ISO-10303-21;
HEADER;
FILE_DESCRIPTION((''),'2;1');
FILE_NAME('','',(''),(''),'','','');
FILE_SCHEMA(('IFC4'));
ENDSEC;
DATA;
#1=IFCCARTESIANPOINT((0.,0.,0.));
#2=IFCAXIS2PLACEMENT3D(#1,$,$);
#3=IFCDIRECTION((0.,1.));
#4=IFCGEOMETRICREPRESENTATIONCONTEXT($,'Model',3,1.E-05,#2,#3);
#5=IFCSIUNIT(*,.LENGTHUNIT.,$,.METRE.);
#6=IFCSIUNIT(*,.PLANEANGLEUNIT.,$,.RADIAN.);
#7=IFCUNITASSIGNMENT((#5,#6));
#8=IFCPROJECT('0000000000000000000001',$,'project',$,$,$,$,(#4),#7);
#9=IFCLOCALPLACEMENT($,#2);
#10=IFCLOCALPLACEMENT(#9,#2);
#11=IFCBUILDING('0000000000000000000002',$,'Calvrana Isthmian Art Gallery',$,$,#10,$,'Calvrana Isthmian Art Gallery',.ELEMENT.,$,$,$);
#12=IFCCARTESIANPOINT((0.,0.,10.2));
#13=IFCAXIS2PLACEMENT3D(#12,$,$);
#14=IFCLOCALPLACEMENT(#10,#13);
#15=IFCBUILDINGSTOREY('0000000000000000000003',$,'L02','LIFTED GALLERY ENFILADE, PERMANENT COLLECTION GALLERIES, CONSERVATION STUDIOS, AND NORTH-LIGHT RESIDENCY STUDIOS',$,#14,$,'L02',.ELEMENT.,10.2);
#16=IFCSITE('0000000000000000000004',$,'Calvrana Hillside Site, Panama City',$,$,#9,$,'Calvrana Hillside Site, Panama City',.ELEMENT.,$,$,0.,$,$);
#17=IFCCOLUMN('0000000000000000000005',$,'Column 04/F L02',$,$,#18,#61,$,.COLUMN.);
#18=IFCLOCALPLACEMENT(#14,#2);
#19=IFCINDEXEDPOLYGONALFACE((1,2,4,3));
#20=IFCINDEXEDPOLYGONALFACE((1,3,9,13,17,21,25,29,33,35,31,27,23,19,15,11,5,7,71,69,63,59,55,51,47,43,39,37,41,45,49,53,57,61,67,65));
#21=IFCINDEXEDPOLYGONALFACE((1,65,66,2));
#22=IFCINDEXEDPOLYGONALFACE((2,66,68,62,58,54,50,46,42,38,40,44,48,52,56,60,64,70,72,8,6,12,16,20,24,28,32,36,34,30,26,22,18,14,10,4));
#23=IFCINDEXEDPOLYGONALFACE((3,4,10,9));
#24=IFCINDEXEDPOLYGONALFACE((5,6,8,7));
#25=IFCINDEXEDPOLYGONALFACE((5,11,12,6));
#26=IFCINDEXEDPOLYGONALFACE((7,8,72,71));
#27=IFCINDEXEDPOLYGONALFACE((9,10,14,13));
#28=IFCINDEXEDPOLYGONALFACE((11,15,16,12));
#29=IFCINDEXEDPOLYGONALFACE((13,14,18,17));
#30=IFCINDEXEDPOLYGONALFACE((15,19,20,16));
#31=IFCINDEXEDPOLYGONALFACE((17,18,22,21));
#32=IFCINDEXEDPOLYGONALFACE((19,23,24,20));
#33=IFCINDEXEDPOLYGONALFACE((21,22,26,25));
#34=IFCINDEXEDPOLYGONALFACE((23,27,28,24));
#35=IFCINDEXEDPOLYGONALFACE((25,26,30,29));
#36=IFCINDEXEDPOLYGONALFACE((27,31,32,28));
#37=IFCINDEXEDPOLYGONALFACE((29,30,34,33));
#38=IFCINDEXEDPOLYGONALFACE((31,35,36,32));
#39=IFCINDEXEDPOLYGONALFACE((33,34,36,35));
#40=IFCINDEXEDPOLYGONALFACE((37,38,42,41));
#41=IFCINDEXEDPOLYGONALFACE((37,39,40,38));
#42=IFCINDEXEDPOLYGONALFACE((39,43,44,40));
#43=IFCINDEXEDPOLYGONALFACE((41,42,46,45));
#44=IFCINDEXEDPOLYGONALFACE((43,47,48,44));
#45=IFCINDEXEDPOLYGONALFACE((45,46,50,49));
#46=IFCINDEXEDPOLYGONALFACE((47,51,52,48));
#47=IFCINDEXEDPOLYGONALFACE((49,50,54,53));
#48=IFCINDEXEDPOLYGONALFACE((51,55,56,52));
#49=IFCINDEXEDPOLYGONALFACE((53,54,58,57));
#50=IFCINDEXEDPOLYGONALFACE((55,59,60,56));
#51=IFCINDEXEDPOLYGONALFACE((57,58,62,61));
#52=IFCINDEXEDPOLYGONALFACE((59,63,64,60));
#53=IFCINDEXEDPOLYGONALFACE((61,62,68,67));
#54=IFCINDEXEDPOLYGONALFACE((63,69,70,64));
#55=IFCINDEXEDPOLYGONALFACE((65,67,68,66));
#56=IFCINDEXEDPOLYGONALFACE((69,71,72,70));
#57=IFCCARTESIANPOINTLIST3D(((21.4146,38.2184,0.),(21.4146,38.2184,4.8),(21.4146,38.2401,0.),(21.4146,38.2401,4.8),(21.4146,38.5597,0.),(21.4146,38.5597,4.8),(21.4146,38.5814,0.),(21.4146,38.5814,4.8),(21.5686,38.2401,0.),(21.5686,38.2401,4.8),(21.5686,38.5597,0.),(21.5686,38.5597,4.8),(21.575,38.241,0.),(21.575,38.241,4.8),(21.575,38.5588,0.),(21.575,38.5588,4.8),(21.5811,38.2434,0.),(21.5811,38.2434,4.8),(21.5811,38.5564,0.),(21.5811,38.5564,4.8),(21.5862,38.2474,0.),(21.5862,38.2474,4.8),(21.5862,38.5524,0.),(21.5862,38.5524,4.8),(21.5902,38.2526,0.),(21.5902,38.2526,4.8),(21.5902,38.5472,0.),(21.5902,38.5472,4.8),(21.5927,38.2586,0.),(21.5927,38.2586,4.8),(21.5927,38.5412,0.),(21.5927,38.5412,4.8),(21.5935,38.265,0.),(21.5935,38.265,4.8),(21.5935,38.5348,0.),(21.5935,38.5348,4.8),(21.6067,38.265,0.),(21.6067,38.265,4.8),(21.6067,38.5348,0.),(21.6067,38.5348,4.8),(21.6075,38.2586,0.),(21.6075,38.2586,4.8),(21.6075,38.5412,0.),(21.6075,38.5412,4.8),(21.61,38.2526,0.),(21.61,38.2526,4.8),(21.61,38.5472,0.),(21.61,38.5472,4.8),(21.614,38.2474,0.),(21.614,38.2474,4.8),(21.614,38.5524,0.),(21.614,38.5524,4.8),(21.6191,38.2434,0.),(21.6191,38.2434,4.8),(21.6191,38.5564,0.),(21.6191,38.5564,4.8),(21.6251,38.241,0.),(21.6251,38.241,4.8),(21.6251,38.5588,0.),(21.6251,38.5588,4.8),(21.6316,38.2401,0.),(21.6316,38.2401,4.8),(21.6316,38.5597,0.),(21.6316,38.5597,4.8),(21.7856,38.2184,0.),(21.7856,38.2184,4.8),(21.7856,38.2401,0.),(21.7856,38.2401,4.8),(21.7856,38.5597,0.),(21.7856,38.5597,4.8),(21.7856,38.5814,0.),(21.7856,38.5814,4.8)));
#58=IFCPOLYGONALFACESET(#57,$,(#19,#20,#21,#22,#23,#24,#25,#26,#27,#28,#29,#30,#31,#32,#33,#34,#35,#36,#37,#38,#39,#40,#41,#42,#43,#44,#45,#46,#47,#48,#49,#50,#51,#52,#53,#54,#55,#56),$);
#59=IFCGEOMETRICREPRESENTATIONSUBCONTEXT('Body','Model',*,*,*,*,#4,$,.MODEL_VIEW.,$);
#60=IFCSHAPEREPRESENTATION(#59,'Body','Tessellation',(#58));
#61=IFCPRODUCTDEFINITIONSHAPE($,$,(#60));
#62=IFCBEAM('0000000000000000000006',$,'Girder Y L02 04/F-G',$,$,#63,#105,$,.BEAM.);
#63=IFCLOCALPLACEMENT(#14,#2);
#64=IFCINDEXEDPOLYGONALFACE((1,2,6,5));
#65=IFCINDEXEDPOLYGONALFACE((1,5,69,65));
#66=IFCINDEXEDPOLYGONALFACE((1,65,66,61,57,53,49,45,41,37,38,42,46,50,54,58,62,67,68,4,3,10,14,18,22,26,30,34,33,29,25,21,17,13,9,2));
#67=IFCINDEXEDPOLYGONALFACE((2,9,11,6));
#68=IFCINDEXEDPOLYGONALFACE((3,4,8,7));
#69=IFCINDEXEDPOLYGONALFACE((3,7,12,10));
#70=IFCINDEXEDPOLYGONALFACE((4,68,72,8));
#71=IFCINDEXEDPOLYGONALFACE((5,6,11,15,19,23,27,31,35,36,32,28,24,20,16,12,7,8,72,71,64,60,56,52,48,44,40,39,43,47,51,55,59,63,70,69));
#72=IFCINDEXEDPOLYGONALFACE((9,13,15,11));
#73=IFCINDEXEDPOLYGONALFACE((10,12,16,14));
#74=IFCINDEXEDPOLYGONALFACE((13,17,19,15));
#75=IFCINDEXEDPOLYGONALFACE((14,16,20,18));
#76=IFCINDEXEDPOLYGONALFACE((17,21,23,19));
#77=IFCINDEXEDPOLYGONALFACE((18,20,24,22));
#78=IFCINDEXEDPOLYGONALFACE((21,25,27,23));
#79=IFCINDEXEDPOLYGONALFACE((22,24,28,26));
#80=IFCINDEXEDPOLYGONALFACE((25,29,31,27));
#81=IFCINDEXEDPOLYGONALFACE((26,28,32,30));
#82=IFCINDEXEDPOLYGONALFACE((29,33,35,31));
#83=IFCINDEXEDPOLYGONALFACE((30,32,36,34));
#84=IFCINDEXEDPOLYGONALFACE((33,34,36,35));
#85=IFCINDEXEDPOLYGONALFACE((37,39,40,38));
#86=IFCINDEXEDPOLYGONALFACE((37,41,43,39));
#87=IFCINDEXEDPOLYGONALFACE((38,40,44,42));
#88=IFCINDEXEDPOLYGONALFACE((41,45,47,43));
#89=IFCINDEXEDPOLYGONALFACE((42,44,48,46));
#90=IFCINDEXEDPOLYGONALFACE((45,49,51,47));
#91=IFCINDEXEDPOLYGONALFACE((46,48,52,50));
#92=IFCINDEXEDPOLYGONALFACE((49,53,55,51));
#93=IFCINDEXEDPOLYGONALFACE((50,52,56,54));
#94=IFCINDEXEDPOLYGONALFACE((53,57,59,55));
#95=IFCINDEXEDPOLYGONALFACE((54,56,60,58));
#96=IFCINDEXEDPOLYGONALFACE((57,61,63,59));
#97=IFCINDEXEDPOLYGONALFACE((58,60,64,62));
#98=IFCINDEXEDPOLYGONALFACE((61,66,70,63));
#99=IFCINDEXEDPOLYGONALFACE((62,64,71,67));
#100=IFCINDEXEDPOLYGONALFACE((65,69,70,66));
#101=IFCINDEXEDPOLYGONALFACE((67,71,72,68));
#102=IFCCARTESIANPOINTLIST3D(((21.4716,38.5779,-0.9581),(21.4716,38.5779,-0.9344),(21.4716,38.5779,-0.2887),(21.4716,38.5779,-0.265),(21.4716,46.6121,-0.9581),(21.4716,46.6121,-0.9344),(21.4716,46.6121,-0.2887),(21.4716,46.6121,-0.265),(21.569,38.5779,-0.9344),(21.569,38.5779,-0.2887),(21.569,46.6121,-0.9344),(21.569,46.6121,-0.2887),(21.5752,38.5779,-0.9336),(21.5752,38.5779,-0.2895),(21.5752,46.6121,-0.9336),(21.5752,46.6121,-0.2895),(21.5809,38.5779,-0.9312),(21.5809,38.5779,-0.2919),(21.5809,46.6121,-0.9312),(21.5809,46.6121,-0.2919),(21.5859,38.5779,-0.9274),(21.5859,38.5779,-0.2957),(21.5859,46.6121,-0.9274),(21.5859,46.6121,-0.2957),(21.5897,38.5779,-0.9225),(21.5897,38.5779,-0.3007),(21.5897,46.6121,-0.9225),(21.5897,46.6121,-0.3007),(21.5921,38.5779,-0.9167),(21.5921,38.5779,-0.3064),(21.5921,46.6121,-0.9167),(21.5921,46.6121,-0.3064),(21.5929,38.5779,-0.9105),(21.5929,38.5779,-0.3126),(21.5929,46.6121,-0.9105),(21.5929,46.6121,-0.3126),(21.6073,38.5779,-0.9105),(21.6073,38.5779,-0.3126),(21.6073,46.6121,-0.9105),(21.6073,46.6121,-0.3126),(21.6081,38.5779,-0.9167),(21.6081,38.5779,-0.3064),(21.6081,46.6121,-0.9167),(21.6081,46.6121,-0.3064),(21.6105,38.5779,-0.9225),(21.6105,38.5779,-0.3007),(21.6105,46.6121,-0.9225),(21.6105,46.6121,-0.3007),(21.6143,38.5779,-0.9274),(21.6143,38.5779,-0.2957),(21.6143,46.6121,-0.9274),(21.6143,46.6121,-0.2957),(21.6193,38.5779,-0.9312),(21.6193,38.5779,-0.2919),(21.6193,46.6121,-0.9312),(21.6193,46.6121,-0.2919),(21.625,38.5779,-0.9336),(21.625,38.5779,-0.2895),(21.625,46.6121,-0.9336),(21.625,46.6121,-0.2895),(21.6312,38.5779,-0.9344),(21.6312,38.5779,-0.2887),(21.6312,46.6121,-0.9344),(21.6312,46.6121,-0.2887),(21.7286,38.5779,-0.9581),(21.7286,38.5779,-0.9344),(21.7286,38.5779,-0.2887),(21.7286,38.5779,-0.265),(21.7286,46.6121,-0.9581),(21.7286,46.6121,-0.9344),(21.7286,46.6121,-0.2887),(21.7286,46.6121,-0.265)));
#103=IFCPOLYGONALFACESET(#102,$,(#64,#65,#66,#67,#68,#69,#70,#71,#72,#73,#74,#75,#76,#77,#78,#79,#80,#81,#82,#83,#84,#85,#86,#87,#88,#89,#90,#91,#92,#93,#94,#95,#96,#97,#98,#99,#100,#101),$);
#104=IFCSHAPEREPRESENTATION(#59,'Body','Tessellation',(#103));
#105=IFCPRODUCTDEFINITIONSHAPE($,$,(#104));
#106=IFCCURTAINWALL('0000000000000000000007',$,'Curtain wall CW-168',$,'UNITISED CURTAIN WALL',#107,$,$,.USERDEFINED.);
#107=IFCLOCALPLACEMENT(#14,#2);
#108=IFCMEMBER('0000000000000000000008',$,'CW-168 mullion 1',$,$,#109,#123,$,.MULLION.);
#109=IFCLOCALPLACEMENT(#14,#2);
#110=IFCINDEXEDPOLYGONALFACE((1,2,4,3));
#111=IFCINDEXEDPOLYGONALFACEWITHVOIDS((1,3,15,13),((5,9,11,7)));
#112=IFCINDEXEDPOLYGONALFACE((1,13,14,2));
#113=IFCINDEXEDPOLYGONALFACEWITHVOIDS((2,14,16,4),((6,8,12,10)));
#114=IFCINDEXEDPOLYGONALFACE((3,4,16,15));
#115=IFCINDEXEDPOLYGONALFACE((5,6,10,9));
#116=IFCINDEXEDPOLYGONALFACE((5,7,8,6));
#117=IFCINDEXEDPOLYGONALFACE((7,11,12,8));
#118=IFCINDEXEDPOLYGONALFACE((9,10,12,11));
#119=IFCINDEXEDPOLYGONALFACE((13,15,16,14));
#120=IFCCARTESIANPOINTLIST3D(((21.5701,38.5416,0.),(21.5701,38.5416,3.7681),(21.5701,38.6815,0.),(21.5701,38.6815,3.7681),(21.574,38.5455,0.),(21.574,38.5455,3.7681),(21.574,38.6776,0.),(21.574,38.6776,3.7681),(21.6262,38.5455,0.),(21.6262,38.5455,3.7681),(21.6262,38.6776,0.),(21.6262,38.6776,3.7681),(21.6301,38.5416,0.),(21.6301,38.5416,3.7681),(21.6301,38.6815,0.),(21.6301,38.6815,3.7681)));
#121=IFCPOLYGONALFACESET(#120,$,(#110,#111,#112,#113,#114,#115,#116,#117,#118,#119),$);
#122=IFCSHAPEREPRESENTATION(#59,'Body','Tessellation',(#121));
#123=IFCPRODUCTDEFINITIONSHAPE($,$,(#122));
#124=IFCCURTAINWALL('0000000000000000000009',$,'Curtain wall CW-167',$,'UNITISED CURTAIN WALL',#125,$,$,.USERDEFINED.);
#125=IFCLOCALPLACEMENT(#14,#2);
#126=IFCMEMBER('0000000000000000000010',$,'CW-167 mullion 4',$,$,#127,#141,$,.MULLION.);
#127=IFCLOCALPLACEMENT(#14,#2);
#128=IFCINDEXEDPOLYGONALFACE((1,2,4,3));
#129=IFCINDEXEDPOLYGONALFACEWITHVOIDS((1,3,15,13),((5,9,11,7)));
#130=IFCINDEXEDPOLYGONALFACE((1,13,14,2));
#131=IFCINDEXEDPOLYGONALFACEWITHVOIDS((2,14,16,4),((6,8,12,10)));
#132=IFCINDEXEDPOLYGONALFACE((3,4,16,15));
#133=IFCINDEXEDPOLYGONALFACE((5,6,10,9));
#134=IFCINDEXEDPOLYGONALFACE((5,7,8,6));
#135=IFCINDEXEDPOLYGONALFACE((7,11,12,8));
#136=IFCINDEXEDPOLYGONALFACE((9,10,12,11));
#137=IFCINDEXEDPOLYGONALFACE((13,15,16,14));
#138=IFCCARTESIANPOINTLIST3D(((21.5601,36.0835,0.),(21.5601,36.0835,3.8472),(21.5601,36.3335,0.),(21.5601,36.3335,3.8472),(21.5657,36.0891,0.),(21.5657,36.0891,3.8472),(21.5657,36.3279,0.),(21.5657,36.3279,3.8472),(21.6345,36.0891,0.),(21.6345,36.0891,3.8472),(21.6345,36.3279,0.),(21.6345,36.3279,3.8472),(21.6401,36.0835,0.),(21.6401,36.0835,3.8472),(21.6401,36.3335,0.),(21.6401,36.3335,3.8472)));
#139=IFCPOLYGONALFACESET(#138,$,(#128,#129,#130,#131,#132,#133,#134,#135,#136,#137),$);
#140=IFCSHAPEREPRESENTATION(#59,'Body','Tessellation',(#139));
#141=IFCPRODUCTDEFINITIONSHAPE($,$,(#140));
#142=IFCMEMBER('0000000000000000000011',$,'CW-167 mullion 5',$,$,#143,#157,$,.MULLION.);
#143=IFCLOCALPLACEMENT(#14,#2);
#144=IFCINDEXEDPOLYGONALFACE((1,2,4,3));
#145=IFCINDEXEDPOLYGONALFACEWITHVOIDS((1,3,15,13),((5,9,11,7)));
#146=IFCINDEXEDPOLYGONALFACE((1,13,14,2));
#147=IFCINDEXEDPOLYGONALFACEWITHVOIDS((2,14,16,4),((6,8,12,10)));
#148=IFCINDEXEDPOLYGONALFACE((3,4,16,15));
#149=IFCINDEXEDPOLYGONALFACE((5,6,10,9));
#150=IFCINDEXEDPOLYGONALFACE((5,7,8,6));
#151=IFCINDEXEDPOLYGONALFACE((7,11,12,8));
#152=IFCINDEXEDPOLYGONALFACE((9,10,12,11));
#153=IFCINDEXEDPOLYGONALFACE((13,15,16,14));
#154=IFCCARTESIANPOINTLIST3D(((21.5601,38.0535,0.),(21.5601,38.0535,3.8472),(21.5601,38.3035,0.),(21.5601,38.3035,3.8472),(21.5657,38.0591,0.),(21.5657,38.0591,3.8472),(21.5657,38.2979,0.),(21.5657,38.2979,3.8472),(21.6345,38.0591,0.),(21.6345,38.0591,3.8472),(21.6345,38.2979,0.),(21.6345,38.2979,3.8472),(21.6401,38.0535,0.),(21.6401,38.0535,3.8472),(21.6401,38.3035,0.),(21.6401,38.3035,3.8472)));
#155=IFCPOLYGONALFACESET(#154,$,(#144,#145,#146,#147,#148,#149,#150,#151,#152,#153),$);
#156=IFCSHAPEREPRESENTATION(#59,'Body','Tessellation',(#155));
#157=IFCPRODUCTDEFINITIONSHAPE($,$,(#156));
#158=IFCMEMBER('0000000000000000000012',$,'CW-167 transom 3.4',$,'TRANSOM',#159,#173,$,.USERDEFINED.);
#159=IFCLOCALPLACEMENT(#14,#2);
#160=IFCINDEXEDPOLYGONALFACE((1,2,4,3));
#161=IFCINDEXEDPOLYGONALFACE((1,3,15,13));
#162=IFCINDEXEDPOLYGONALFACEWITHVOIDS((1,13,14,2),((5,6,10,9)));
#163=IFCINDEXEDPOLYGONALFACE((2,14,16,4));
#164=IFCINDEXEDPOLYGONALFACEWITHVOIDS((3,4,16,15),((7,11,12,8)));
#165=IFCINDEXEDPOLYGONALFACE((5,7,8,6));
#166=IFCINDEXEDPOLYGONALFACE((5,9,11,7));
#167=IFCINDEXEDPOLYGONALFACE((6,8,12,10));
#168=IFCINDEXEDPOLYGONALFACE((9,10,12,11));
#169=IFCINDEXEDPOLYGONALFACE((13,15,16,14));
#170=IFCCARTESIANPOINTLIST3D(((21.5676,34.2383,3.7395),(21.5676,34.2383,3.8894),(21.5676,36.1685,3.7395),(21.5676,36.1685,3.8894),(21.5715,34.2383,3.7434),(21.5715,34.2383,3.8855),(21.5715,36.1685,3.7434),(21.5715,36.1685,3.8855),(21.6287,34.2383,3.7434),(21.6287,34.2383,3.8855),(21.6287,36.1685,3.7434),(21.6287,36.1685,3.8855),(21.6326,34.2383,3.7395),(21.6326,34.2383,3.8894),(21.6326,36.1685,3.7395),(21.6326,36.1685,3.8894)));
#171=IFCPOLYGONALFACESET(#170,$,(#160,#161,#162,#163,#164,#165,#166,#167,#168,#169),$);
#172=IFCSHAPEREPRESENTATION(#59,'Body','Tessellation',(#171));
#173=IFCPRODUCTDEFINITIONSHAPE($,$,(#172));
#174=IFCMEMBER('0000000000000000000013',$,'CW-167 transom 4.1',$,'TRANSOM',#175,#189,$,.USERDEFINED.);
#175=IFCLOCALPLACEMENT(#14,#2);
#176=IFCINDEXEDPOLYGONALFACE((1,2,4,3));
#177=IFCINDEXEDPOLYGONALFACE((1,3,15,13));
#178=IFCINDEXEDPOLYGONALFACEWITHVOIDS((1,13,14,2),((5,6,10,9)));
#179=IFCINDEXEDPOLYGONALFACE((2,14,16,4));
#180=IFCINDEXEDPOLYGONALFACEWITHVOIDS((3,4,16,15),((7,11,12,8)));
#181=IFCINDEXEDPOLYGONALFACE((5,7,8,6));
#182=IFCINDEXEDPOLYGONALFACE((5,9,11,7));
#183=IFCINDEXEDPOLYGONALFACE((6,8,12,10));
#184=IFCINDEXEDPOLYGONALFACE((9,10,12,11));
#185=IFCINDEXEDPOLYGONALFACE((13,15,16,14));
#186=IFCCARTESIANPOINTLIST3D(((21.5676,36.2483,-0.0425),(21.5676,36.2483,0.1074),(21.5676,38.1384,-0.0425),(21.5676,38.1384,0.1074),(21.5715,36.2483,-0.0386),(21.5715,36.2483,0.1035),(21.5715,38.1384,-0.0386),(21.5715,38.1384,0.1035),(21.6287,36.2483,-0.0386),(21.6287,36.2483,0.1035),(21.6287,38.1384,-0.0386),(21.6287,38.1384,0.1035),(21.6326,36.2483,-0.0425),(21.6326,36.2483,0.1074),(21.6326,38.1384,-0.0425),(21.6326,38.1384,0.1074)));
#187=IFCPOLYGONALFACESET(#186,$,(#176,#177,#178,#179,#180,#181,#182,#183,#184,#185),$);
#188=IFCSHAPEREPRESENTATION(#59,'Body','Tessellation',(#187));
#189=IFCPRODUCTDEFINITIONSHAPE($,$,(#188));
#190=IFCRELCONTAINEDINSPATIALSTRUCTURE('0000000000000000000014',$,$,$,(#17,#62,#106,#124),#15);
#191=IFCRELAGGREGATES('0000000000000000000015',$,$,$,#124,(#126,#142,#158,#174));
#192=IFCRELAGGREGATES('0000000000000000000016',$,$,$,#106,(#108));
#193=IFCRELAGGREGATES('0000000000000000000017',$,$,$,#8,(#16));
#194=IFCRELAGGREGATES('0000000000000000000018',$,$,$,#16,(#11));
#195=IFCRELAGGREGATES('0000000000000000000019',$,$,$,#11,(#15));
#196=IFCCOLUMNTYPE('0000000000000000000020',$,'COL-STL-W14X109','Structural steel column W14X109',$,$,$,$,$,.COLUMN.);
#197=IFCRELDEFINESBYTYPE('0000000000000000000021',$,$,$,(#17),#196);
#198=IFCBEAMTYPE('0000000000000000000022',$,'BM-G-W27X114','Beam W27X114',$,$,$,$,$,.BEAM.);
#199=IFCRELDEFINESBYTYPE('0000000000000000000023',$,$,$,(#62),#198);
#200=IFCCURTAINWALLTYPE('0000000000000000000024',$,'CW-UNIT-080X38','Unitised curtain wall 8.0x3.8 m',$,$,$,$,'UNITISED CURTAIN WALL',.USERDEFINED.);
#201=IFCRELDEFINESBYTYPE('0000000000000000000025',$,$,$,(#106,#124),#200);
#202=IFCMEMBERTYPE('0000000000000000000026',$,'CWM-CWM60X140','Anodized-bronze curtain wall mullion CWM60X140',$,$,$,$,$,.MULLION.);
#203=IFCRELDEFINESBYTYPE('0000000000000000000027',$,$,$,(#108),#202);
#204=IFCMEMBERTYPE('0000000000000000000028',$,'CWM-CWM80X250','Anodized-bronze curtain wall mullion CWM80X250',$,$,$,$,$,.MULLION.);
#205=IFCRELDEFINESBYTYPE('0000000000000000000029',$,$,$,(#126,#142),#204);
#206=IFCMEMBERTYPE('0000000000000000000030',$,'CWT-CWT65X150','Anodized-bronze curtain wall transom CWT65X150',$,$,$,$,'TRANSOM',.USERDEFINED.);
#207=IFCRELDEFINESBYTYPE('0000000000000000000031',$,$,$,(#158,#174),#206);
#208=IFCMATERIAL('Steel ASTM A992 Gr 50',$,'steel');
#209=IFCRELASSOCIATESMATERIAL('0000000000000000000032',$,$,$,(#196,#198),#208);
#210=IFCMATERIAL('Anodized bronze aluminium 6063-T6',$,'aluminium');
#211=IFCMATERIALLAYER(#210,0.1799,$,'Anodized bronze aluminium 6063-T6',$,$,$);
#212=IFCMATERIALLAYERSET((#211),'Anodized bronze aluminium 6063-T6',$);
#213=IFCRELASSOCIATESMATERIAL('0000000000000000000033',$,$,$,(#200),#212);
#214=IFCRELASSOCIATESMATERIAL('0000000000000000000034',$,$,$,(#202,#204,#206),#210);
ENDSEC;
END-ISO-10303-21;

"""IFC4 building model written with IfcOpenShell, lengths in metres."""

from ifc_helpers import new_model, si_unit, direction, frame, origin, origin_2d, place, context, subcontext, project, spatial, hollow_rectangle, i_section, extrude, material, layer, layer_set, material_profile, profile_set, type_object, element, aggregate, save


model = new_model("IFC4")

# Units and contexts
model_context = context("Model", 3, precision=1e-05, world=origin(), true_north=direction((0.0, 1.0)))
body_context = subcontext(model_context, "Body", "Model", "MODEL_VIEW")
ifc_project = project(units=[si_unit("LENGTHUNIT", "METRE"), si_unit("PLANEANGLEUNIT", "RADIAN")], contexts=[model_context])

# Site, building, storey
site_placement = place(None, origin())
site = spatial("IfcSite", under=ifc_project, at=site_placement, Name="Calvrana Hillside Site, Panama City", LongName="Calvrana Hillside Site, Panama City", CompositionType="ELEMENT", RefElevation=0.0)
building_placement = place(site_placement, origin())
building = spatial("IfcBuilding", under=site, at=building_placement, Name="Calvrana Isthmian Art Gallery", LongName="Calvrana Isthmian Art Gallery", CompositionType="ELEMENT")
storey_placement = place(building_placement, frame((0.0, 0.0, 10.2)))
storey = spatial("IfcBuildingStorey", under=building, at=storey_placement, Name="L02", Description="LIFTED GALLERY ENFILADE, PERMANENT COLLECTION GALLERIES, CONSERVATION STUDIOS, AND NORTH-LIGHT RESIDENCY STUDIOS", LongName="L02", CompositionType="ELEMENT", Elevation=10.2)

# Column
ifc_material_1 = material(Name="Steel ASTM A992 Gr 50", Category="steel")
ifc_material_profile_1 = material_profile(ifc_material_1, i_section(OverallWidth=0.3711, OverallDepth=0.363, WebThickness=0.0132, FlangeThickness=0.0217, FilletRadius=0.0249, at=origin_2d()), Name="W14X109")
ifc_profile_set_1 = profile_set([ifc_material_profile_1], Name="Steel ASTM A992 Gr 50")
column_type = type_object("IfcColumnType", Name="COL-STL-W14X109", Description="Structural steel column W14X109", PredefinedType="COLUMN", material=ifc_profile_set_1)
column_placement = place(storey_placement, frame((21.6001, 38.3999, 0.0), z_axis=(0.0, 0.0, 1.0), x_axis=(1.0, 0.0, 0.0)))
element("IfcColumn", 1, at=column_placement, inside=storey, type_object=column_type, Name="Column 04/F L02", PredefinedType="COLUMN", context=body_context, shape_type="SweptSolid", body=[
    extrude(i_section(OverallWidth=0.3711, OverallDepth=0.363, WebThickness=0.0132, FlangeThickness=0.0217, FilletRadius=0.0249, at=origin_2d()), origin(), (0.0, 0.0, 1.0), 4.8),
])

# Beam
ifc_material_profile_2 = material_profile(ifc_material_1, i_section(OverallWidth=0.2571, OverallDepth=0.6931, WebThickness=0.0144, FlangeThickness=0.0237, FilletRadius=0.0239, at=origin_2d()), Name="W27X114")
ifc_profile_set_2 = profile_set([ifc_material_profile_2], Name="Steel ASTM A992 Gr 50")
beam_type = type_object("IfcBeamType", Name="BM-G-W27X114", Description="Beam W27X114", PredefinedType="BEAM", material=ifc_profile_set_2)
beam_placement = place(storey_placement, frame((21.6001, 38.5779, -0.6116), z_axis=(0.0, 1.0, 0.0), x_axis=(-1.0, 0.0, 0.0)))
element("IfcBeam", 2, at=beam_placement, inside=storey, type_object=beam_type, Name="Girder Y L02 04/F-G", PredefinedType="BEAM", context=body_context, shape_type="SweptSolid", body=[
    extrude(i_section(OverallWidth=0.2571, OverallDepth=0.6931, WebThickness=0.0144, FlangeThickness=0.0237, FilletRadius=0.0239, at=origin_2d()), origin(), (0.0, 0.0, 1.0), 8.0342),
])

# Curtain wall, member
ifc_material_2 = material(Name="Anodized bronze aluminium 6063-T6", Category="aluminium")
ifc_layer_1 = layer(ifc_material_2, 0.1799, Name="Anodized bronze aluminium 6063-T6")
ifc_layer_set_1 = layer_set([ifc_layer_1], Name="Anodized bronze aluminium 6063-T6")
curtain_wall_type = type_object("IfcCurtainWallType", Name="CW-UNIT-080X38", Description="Unitised curtain wall 8.0x3.8 m", ElementType="UNITISED CURTAIN WALL", PredefinedType="USERDEFINED", material=ifc_layer_set_1)
curtain_wall_1_placement = place(storey_placement, origin())
curtain_wall_1 = element("IfcCurtainWall", 3, at=curtain_wall_1_placement, inside=storey, type_object=curtain_wall_type, Name="Curtain wall CW-168", ObjectType="UNITISED CURTAIN WALL", PredefinedType="USERDEFINED")
ifc_material_profile_3 = material_profile(ifc_material_2, hollow_rectangle(XDim=0.0601, YDim=0.1399, WallThickness=0.0039, at=origin_2d()), Name="CWM60X140")
ifc_profile_set_3 = profile_set([ifc_material_profile_3], Name="Anodized bronze aluminium 6063-T6")
member_type_1 = type_object("IfcMemberType", Name="CWM-CWM60X140", Description="Anodized-bronze curtain wall mullion CWM60X140", PredefinedType="MULLION", material=ifc_profile_set_3)
member_1_placement = place(storey_placement, frame((21.6001, 38.6116, 0.0), z_axis=(0.0, 0.0, 1.0), x_axis=(-1.0, 0.0, 0.0)))
member_1 = element("IfcMember", 4, at=member_1_placement, type_object=member_type_1, Name="CW-168 mullion 1", PredefinedType="MULLION", context=body_context, shape_type="SweptSolid", body=[
    extrude(hollow_rectangle(XDim=0.0601, YDim=0.1399, WallThickness=0.0039, at=origin_2d()), origin(), (0.0, 0.0, 1.0), 3.7681),
])

# Curtain wall, members
curtain_wall_2_placement = place(storey_placement, origin())
curtain_wall_2 = element("IfcCurtainWall", 5, at=curtain_wall_2_placement, inside=storey, type_object=curtain_wall_type, Name="Curtain wall CW-167", ObjectType="UNITISED CURTAIN WALL", PredefinedType="USERDEFINED")
ifc_material_profile_4 = material_profile(ifc_material_2, hollow_rectangle(XDim=0.0801, YDim=0.25, WallThickness=0.0056, at=origin_2d()), Name="CWM80X250")
ifc_profile_set_4 = profile_set([ifc_material_profile_4], Name="Anodized bronze aluminium 6063-T6")
member_type_2 = type_object("IfcMemberType", Name="CWM-CWM80X250", Description="Anodized-bronze curtain wall mullion CWM80X250", PredefinedType="MULLION", material=ifc_profile_set_4)
member_2_placement = place(storey_placement, frame((21.6001, 36.2085, 0.0), z_axis=(0.0, 0.0, 1.0), x_axis=(-1.0, 0.0, 0.0)))
member_2 = element("IfcMember", 6, at=member_2_placement, type_object=member_type_2, Name="CW-167 mullion 4", PredefinedType="MULLION", context=body_context, shape_type="SweptSolid", body=[
    extrude(hollow_rectangle(XDim=0.0801, YDim=0.25, WallThickness=0.0056, at=origin_2d()), origin(), (0.0, 0.0, 1.0), 3.8472),
])
member_3_placement = place(storey_placement, frame((21.6001, 38.1785, 0.0), z_axis=(0.0, 0.0, 1.0), x_axis=(-1.0, 0.0, 0.0)))
member_3 = element("IfcMember", 7, at=member_3_placement, type_object=member_type_2, Name="CW-167 mullion 5", PredefinedType="MULLION", context=body_context, shape_type="SweptSolid", body=[
    extrude(hollow_rectangle(XDim=0.0801, YDim=0.25, WallThickness=0.0056, at=origin_2d()), origin(), (0.0, 0.0, 1.0), 3.8472),
])
ifc_material_profile_5 = material_profile(ifc_material_2, hollow_rectangle(XDim=0.0649, YDim=0.1499, WallThickness=0.0039, at=origin_2d()), Name="CWT65X150")
ifc_profile_set_5 = profile_set([ifc_material_profile_5], Name="Anodized bronze aluminium 6063-T6")
member_type_3 = type_object("IfcMemberType", Name="CWT-CWT65X150", Description="Anodized-bronze curtain wall transom CWT65X150", ElementType="TRANSOM", PredefinedType="USERDEFINED", material=ifc_profile_set_5)
member_4_placement = place(storey_placement, frame((21.6001, 34.2383, 3.8145), z_axis=(0.0, 1.0, 0.0), x_axis=(-1.0, 0.0, 0.0)))
member_4 = element("IfcMember", 8, at=member_4_placement, type_object=member_type_3, Name="CW-167 transom 3.4", ObjectType="TRANSOM", PredefinedType="USERDEFINED", context=body_context, shape_type="SweptSolid", body=[
    extrude(hollow_rectangle(XDim=0.0649, YDim=0.1499, WallThickness=0.0039, at=origin_2d()), origin(), (0.0, 0.0, 1.0), 1.9302),
])
member_5_placement = place(storey_placement, frame((21.6001, 36.2483, 0.0325), z_axis=(0.0, 1.0, 0.0), x_axis=(-1.0, 0.0, 0.0)))
member_5 = element("IfcMember", 9, at=member_5_placement, type_object=member_type_3, Name="CW-167 transom 4.1", ObjectType="TRANSOM", PredefinedType="USERDEFINED", context=body_context, shape_type="SweptSolid", body=[
    extrude(hollow_rectangle(XDim=0.0649, YDim=0.1499, WallThickness=0.0039, at=origin_2d()), origin(), (0.0, 0.0, 1.0), 1.8901),
])

aggregate(curtain_wall_2, [member_2, member_3, member_4, member_5])
aggregate(curtain_wall_1, [member_1])

save(model, "model.ifc")
